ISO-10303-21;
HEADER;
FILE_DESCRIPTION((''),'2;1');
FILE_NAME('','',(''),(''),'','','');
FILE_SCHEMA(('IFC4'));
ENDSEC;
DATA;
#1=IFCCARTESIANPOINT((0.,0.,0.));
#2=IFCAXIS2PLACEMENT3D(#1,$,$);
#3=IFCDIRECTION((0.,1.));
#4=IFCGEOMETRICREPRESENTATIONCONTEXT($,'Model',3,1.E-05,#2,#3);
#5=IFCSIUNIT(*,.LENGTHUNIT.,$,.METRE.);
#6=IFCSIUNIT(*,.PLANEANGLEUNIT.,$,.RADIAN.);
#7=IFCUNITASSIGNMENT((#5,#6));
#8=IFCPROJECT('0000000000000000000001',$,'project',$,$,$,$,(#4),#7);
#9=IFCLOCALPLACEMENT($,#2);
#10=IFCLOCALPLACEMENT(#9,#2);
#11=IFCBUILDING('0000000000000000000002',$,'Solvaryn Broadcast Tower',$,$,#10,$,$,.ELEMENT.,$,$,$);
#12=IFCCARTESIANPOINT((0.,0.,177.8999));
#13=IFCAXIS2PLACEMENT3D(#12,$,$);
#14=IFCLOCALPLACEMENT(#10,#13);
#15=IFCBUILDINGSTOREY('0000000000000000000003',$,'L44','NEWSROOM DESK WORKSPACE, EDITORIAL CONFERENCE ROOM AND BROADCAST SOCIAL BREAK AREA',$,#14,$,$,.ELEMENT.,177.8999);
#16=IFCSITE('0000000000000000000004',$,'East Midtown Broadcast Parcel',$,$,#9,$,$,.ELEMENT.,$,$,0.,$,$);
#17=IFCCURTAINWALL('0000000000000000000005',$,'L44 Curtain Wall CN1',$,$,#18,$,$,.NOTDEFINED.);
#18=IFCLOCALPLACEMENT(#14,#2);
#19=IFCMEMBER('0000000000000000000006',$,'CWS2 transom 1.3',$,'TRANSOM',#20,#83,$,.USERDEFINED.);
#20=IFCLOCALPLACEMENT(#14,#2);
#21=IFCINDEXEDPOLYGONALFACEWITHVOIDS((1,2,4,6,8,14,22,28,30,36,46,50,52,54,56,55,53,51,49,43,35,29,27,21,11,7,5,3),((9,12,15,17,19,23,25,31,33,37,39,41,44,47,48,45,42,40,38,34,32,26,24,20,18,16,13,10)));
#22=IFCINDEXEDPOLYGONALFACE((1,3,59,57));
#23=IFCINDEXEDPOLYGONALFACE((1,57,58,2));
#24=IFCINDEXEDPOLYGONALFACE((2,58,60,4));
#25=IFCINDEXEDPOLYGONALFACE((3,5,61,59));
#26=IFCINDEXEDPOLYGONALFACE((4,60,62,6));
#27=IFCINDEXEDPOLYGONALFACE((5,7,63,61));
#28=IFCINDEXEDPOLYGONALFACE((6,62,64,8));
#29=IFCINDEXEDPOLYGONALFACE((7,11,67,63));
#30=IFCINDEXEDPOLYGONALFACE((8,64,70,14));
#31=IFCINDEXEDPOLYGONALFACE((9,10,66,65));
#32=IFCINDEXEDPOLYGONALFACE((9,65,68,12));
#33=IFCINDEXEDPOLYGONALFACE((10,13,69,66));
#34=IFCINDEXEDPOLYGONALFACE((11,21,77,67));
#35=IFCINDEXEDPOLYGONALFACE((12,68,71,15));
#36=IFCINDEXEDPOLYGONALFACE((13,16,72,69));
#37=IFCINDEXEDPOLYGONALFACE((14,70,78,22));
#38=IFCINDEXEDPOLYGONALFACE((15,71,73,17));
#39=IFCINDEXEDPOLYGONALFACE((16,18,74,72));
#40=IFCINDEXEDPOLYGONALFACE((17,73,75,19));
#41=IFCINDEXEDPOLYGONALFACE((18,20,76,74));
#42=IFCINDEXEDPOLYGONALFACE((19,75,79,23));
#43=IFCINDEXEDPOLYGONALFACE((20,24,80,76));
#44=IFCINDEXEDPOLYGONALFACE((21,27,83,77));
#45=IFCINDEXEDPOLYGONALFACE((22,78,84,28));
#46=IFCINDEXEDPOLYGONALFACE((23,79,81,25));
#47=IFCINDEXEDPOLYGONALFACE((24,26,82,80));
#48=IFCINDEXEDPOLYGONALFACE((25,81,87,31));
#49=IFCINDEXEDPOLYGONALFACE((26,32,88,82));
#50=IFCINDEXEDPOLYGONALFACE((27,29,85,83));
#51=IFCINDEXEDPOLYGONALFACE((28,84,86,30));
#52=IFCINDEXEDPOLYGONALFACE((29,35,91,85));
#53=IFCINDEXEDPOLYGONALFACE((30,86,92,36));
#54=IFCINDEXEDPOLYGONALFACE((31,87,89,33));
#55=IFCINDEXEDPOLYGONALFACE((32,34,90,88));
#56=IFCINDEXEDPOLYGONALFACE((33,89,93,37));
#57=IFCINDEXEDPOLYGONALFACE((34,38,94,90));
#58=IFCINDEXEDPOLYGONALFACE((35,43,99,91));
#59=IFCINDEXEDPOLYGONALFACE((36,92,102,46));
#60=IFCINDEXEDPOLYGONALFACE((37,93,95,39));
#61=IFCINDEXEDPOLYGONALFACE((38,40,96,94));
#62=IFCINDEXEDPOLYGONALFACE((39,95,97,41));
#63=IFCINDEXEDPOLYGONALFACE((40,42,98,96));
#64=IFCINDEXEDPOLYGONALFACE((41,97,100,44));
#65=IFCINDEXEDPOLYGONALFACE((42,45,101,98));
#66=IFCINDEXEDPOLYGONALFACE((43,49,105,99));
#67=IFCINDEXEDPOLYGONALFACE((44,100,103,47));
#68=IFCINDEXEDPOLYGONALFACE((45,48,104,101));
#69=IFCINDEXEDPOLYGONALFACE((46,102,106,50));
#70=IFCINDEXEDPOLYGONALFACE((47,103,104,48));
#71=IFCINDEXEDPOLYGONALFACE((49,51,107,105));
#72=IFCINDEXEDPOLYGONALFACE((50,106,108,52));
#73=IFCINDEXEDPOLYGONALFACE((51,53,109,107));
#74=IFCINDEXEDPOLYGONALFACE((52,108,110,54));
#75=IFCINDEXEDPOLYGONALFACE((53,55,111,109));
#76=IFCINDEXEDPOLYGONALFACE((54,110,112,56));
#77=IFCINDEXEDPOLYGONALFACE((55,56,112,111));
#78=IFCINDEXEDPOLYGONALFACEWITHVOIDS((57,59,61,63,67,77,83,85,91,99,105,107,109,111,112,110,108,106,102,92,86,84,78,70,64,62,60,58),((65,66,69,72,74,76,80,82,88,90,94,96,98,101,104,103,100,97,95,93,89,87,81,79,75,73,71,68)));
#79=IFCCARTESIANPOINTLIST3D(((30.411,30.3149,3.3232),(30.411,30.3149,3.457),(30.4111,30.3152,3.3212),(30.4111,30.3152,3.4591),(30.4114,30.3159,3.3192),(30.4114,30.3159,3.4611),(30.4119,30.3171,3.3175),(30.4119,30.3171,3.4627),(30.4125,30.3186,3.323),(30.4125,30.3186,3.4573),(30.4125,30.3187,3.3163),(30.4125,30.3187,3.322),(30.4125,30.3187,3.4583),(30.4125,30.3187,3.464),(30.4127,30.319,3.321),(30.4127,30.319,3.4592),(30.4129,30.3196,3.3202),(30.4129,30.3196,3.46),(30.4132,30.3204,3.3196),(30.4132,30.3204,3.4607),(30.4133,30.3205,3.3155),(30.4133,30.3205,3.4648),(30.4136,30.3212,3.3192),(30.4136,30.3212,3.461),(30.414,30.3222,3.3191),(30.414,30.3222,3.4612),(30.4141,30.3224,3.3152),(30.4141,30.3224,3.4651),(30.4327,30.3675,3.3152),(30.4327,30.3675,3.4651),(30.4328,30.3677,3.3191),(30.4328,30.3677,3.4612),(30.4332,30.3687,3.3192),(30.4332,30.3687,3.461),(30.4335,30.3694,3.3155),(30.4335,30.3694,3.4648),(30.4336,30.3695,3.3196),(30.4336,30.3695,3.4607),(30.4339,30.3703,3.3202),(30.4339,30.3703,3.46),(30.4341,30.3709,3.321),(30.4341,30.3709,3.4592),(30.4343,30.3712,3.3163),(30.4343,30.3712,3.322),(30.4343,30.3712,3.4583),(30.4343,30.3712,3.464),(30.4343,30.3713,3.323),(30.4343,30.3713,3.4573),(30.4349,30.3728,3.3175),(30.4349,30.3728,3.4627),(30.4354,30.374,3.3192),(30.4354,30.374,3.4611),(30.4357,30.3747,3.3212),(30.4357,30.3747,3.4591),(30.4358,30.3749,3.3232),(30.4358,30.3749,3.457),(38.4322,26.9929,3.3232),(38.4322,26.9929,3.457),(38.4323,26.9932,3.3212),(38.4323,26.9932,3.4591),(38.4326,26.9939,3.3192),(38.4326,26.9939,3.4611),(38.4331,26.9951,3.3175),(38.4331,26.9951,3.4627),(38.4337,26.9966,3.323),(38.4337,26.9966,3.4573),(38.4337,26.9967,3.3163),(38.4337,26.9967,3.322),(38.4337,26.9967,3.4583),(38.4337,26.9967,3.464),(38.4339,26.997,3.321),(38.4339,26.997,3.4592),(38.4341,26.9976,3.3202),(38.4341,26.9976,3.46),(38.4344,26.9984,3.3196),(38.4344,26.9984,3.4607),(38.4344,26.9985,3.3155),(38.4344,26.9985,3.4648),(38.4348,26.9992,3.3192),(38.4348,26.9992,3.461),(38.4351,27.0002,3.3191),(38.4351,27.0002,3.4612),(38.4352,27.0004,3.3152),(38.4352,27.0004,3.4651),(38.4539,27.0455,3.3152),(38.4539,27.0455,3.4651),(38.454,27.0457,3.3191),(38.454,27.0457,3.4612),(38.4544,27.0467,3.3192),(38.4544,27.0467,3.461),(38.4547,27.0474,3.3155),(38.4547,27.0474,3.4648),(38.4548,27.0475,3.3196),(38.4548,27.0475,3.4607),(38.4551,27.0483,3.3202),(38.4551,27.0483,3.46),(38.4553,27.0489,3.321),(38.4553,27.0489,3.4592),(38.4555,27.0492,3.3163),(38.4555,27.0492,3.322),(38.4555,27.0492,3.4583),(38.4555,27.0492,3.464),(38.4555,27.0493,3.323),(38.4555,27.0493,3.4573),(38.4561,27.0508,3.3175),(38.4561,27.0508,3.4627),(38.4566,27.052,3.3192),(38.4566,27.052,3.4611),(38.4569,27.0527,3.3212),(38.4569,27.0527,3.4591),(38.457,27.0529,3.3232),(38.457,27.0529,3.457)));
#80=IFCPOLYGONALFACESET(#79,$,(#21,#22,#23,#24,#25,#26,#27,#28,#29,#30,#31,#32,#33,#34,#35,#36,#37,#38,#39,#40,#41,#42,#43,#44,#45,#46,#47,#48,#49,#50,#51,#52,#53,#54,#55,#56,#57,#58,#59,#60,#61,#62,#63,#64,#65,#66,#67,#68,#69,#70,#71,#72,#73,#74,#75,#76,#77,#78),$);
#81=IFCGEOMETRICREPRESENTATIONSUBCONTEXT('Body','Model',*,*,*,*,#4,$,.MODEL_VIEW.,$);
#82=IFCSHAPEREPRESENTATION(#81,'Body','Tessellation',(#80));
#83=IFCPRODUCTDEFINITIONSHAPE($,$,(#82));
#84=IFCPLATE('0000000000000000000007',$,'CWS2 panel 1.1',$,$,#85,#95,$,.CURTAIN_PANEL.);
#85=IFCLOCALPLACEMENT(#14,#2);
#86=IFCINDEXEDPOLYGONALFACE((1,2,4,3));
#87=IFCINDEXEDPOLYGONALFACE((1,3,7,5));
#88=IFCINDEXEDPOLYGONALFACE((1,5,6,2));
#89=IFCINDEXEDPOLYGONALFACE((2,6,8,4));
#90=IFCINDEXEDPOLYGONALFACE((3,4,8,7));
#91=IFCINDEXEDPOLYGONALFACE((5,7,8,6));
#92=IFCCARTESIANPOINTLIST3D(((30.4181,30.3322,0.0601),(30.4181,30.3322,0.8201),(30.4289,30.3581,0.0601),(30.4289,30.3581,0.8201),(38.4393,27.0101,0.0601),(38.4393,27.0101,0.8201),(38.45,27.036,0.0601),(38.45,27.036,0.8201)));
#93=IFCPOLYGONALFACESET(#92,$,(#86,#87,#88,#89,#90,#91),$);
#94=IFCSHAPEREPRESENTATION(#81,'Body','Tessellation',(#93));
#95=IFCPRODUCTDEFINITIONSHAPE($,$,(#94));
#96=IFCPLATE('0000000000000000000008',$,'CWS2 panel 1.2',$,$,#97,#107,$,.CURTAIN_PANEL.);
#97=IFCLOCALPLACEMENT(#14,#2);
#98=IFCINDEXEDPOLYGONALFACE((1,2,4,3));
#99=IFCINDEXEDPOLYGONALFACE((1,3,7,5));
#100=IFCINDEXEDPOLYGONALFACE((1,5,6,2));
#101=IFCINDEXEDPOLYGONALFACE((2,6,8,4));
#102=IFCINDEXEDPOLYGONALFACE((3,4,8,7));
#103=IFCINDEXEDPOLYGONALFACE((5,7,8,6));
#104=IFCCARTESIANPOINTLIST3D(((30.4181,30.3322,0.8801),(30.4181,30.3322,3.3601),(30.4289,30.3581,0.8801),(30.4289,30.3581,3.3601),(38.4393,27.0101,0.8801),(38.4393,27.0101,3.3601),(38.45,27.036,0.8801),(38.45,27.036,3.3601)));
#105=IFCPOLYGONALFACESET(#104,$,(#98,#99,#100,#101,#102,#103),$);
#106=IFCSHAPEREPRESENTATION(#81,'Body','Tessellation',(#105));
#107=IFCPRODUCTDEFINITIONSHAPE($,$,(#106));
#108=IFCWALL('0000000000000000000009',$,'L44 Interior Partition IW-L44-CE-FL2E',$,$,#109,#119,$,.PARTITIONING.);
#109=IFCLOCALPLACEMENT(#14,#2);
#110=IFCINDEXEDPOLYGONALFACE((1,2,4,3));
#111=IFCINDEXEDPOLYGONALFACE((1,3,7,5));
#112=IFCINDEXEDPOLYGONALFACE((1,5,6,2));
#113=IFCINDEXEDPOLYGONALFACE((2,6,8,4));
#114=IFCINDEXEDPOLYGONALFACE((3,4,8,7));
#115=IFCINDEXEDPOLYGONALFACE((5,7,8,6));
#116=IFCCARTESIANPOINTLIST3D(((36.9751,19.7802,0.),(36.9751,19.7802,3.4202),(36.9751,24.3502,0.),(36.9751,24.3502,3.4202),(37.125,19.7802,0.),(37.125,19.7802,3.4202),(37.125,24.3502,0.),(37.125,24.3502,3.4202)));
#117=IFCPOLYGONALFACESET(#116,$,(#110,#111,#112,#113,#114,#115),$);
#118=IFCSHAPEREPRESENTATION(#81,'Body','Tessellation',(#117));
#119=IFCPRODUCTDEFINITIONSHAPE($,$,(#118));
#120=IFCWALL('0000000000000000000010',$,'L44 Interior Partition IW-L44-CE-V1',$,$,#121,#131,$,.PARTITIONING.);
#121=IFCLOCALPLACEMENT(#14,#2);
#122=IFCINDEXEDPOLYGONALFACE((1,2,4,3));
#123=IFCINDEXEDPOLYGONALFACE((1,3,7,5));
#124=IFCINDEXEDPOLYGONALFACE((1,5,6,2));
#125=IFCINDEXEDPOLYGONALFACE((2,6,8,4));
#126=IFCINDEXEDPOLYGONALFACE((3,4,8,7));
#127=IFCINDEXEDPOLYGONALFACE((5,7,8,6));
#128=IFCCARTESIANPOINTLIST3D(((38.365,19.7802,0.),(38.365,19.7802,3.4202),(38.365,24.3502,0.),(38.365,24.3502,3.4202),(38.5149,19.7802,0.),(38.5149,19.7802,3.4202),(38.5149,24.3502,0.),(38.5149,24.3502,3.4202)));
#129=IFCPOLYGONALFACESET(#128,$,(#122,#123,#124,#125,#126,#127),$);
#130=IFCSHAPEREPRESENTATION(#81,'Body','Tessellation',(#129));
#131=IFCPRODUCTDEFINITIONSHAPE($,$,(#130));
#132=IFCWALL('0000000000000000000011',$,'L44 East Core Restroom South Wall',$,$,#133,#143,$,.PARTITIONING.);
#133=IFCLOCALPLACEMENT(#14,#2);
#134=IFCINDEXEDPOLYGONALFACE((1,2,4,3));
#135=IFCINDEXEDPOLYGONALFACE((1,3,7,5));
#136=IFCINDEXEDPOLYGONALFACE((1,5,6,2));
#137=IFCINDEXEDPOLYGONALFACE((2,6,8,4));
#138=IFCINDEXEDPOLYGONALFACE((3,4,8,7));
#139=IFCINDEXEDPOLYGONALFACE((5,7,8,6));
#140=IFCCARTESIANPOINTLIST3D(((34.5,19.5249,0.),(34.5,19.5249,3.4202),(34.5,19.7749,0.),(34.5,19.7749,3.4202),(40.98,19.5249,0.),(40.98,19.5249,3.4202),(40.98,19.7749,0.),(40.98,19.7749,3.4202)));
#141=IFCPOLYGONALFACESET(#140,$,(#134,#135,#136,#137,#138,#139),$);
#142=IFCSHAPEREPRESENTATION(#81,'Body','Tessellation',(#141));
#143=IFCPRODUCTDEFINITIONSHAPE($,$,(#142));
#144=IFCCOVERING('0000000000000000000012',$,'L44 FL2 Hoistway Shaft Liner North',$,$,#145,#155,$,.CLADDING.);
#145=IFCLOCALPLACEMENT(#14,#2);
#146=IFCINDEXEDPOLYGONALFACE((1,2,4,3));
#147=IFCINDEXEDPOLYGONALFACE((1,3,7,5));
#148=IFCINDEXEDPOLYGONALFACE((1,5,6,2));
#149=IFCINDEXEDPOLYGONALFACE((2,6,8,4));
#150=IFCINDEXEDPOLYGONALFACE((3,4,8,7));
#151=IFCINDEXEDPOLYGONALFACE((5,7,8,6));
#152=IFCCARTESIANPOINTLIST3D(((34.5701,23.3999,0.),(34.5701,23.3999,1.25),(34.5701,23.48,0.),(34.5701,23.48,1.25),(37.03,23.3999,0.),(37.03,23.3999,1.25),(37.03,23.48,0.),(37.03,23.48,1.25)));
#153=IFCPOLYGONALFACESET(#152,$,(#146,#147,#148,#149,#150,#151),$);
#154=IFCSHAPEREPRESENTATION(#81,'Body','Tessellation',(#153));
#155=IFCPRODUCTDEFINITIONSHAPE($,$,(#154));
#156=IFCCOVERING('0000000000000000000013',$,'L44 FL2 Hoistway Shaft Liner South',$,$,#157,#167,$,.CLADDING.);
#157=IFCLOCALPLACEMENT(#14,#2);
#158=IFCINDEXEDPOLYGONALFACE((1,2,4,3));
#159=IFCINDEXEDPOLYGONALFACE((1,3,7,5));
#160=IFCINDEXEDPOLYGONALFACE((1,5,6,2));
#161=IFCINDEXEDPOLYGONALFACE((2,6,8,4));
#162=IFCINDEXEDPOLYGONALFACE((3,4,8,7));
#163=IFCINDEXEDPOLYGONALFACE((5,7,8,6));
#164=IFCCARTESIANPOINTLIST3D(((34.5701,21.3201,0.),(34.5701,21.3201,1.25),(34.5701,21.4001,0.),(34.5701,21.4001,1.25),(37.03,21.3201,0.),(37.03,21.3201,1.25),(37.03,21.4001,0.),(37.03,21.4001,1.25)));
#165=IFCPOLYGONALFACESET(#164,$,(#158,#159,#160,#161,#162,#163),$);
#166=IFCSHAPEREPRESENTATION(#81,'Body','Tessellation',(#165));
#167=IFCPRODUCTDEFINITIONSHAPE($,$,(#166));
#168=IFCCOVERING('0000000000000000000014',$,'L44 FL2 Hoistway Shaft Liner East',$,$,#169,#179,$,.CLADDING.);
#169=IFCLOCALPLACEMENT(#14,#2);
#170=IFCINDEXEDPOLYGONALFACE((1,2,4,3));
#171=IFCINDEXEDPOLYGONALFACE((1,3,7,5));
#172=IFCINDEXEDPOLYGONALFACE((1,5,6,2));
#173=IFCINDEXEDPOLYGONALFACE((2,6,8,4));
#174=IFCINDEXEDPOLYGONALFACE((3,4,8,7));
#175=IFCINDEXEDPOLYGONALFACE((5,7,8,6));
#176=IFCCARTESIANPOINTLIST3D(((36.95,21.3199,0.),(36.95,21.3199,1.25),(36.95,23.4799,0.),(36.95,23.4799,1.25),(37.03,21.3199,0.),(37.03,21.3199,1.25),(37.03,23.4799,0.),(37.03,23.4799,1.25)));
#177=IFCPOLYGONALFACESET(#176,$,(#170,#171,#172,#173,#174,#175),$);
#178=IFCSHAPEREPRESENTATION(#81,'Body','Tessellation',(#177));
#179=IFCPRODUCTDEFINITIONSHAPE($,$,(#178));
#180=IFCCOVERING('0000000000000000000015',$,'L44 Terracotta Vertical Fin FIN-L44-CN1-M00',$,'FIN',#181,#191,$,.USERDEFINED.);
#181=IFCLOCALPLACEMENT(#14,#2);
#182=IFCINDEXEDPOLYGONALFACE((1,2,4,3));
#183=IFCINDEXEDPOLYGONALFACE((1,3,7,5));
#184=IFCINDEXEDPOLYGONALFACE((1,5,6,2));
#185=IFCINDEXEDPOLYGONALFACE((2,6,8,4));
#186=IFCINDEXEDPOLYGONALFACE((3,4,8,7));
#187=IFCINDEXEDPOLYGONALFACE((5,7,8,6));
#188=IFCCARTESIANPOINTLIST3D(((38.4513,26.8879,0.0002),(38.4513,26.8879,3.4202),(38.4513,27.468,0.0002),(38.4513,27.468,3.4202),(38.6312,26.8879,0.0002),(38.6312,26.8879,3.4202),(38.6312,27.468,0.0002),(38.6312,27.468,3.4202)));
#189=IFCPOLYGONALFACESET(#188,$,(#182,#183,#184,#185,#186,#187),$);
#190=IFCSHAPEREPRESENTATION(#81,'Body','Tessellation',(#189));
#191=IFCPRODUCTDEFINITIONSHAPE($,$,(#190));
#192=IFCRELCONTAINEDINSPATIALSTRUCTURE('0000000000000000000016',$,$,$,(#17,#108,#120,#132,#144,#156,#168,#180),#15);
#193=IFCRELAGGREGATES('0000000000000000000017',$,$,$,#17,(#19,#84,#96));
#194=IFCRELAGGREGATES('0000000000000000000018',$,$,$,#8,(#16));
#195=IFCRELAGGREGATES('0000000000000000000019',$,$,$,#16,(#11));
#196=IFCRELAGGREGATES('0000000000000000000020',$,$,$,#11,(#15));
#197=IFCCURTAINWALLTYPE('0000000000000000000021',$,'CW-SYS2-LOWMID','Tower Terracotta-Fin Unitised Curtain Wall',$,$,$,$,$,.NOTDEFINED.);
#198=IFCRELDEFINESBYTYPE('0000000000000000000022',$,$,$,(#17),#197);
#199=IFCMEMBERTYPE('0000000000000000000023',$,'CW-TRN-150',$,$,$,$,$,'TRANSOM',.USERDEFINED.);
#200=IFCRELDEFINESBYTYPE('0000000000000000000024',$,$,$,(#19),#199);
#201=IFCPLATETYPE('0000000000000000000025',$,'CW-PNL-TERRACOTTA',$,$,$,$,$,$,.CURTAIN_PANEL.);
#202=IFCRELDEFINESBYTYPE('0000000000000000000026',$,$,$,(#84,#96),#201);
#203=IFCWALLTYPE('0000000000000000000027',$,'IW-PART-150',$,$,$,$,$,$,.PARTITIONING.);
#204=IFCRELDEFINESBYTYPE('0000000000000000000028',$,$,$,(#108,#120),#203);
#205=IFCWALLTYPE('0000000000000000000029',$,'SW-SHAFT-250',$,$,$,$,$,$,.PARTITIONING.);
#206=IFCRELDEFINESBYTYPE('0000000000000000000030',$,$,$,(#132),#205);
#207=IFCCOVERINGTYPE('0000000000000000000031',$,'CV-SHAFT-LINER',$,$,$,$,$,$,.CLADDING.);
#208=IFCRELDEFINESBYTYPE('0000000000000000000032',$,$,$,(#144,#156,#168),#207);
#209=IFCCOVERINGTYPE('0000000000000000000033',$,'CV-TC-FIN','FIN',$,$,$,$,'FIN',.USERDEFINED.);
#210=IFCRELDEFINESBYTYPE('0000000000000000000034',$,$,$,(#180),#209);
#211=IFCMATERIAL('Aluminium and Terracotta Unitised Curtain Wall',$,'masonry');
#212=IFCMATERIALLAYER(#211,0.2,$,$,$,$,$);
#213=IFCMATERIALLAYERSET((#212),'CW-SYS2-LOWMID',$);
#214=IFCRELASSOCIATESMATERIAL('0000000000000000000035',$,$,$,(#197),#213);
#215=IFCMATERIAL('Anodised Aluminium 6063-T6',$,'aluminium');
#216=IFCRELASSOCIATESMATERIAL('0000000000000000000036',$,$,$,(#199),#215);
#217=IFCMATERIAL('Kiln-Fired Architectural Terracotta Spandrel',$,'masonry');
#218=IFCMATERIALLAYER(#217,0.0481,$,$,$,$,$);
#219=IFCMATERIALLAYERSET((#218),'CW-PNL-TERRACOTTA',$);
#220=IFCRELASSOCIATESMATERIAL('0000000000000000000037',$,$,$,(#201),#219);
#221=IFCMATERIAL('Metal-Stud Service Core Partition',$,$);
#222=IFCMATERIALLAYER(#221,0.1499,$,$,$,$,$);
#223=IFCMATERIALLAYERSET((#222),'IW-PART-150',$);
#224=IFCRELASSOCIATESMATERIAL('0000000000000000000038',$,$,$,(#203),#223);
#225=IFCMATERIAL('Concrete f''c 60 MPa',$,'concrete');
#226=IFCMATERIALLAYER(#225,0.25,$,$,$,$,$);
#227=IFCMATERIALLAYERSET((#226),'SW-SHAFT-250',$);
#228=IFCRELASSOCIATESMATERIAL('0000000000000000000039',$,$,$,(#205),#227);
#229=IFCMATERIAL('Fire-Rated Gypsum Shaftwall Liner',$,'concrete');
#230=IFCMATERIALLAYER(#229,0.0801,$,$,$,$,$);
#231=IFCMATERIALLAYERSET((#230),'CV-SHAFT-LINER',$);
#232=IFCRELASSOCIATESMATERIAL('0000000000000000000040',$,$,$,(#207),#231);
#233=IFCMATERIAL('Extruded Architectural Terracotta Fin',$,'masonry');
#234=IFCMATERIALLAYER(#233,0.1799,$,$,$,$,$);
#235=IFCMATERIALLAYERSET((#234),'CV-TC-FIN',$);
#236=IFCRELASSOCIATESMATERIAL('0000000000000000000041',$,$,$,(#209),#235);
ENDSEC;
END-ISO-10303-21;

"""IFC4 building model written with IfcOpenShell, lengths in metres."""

from ifc_helpers import new_model, si_unit, direction, frame, frame_2d, origin, origin_2d, place, context, subcontext, project, spatial, rectangle, hollow_rectangle, extrude, material, layer, layer_set, material_profile, profile_set, type_object, element, aggregate, save


model = new_model("IFC4")

# Units and contexts
model_context = context("Model", 3, precision=1e-05, world=origin(), true_north=direction((0.0, 1.0)))
body_context = subcontext(model_context, "Body", "Model", "MODEL_VIEW")
ifc_project = project(units=[si_unit("LENGTHUNIT", "METRE"), si_unit("PLANEANGLEUNIT", "RADIAN")], contexts=[model_context])

# Site, building, storey
site_placement = place(None, origin())
site = spatial("IfcSite", under=ifc_project, at=site_placement, Name="East Midtown Broadcast Parcel", CompositionType="ELEMENT", RefElevation=0.0)
building_placement = place(site_placement, origin())
building = spatial("IfcBuilding", under=site, at=building_placement, Name="Solvaryn Broadcast Tower", CompositionType="ELEMENT")
storey_placement = place(building_placement, frame((0.0, 0.0, 177.8999)))
storey = spatial("IfcBuildingStorey", under=building, at=storey_placement, Name="L44", Description="NEWSROOM DESK WORKSPACE, EDITORIAL CONFERENCE ROOM AND BROADCAST SOCIAL BREAK AREA", CompositionType="ELEMENT", Elevation=177.8999)

# Curtain wall
ifc_material_1 = material(Name="Aluminium and Terracotta Unitised Curtain Wall", Category="masonry")
ifc_layer_1 = layer(ifc_material_1, 0.2)
ifc_layer_set_1 = layer_set([ifc_layer_1], Name="CW-SYS2-LOWMID")
curtain_wall_type = type_object("IfcCurtainWallType", Name="CW-SYS2-LOWMID", Description="Tower Terracotta-Fin Unitised Curtain Wall", PredefinedType="NOTDEFINED", material=ifc_layer_set_1)
curtain_wall_1_placement = place(storey_placement, origin())
curtain_wall_1 = element("IfcCurtainWall", 1, at=curtain_wall_1_placement, inside=storey, type_object=curtain_wall_type, Name="L44 Curtain Wall CN1", PredefinedType="NOTDEFINED")

# Member
ifc_material_2 = material(Name="Anodised Aluminium 6063-T6", Category="aluminium")
ifc_material_profile_1 = material_profile(ifc_material_2, hollow_rectangle(XDim=0.0649, YDim=0.1499, WallThickness=0.0039, InnerFilletRadius=0.0039, OuterFilletRadius=0.0081, at=origin_2d()))
ifc_profile_set_1 = profile_set([ifc_material_profile_1], Name="Anodised Aluminium 6063-T6")
member_type_1 = type_object("IfcMemberType", Name="CW-TRN-150", ElementType="TRANSOM", PredefinedType="USERDEFINED", material=ifc_profile_set_1)
member_1_placement = place(storey_placement, frame((38.4446, 27.0229, 3.3901), z_axis=(-0.923899, 0.382636, 0.0), x_axis=(-0.382636, -0.923899, 0.0)))
member_1 = element("IfcMember", 2, at=member_1_placement, type_object=member_type_1, Name="CWS2 transom 1.3", ObjectType="TRANSOM", PredefinedType="USERDEFINED", context=body_context, shape_type="SweptSolid", body=[
    extrude(hollow_rectangle(XDim=0.0649, YDim=0.1499, WallThickness=0.0039, InnerFilletRadius=0.0039, OuterFilletRadius=0.0081, at=origin_2d()), origin(), (0.0, 0.0, 1.0), 8.6819),
])

# Plates
ifc_material_3 = material(Name="Kiln-Fired Architectural Terracotta Spandrel", Category="masonry")
ifc_layer_2 = layer(ifc_material_3, 0.0481)
ifc_layer_set_2 = layer_set([ifc_layer_2], Name="CW-PNL-TERRACOTTA")
plate_type = type_object("IfcPlateType", Name="CW-PNL-TERRACOTTA", PredefinedType="CURTAIN_PANEL", material=ifc_layer_set_2)
plate_1_placement = place(storey_placement, frame((34.4341, 28.6841, 0.0601), z_axis=(0.0, 0.0, 1.0), x_axis=(-0.923895, 0.382646, 0.0)))
plate_1 = element("IfcPlate", 3, at=plate_1_placement, type_object=plate_type, Name="CWS2 panel 1.1", PredefinedType="CURTAIN_PANEL", context=body_context, shape_type="SweptSolid", body=[
    extrude(rectangle(XDim=8.6819, YDim=0.0281, at=origin_2d()), origin(), (0.0, 0.0, 1.0), 0.76),
])
plate_2_placement = place(storey_placement, frame((34.4341, 28.6841, 0.8801), z_axis=(0.0, 0.0, 1.0), x_axis=(-0.923895, 0.382646, 0.0)))
plate_2 = element("IfcPlate", 4, at=plate_2_placement, type_object=plate_type, Name="CWS2 panel 1.2", PredefinedType="CURTAIN_PANEL", context=body_context, shape_type="SweptSolid", body=[
    extrude(rectangle(XDim=8.6819, YDim=0.0281, at=origin_2d()), origin(), (0.0, 0.0, 1.0), 2.48),
])
aggregate(curtain_wall_1, [member_1, plate_1, plate_2])

# Walls
ifc_material_4 = material(Name="Metal-Stud Service Core Partition")
ifc_layer_3 = layer(ifc_material_4, 0.1499)
ifc_layer_set_3 = layer_set([ifc_layer_3], Name="IW-PART-150")
wall_type_1 = type_object("IfcWallType", Name="IW-PART-150", PredefinedType="PARTITIONING", material=ifc_layer_set_3)
for number, where, z_axis, x_axis, name in (
    (5, (37.05, 19.78, 0.0), (0.0, 0.0, 1.0), (0.0, 1.0, 0.0), "L44 Interior Partition IW-L44-CE-FL2E"),
    (6, (38.4399, 19.78, 0.0), (0.0, 0.0, 1.0), (0.0, 1.0, 0.0), "L44 Interior Partition IW-L44-CE-V1"),
):
    element("IfcWall", number, at=place(storey_placement, frame(where, z_axis=z_axis, x_axis=x_axis)), inside=storey, type_object=wall_type_1, Name=name, PredefinedType="PARTITIONING", context=body_context, shape_type="SweptSolid", body=[
        extrude(rectangle(XDim=4.5701, YDim=0.1499, at=frame_2d((2.2852, 0.0))), origin(), (0.0, 0.0, 1.0), 3.4202),
    ])

# Shared definitions
ifc_material_5 = material(Name="Concrete f'c 60 MPa", Category="concrete")
ifc_layer_4 = layer(ifc_material_5, 0.25)
ifc_layer_set_4 = layer_set([ifc_layer_4], Name="SW-SHAFT-250")
wall_type_2 = type_object("IfcWallType", Name="SW-SHAFT-250", PredefinedType="PARTITIONING", material=ifc_layer_set_4)

# Wall
wall_1_placement = place(storey_placement, frame((34.5, 19.6499, 0.0), z_axis=(0.0, 0.0, 1.0), x_axis=(1.0, 0.0, 0.0)))
element("IfcWall", 7, at=wall_1_placement, inside=storey, type_object=wall_type_2, Name="L44 East Core Restroom South Wall", PredefinedType="PARTITIONING", context=body_context, shape_type="SweptSolid", body=[
    extrude(rectangle(XDim=6.48, YDim=0.25, at=frame_2d((3.24, 0.0))), origin(), (0.0, 0.0, 1.0), 3.4202),
])

# Coverings
ifc_material_6 = material(Name="Fire-Rated Gypsum Shaftwall Liner", Category="concrete")
ifc_layer_5 = layer(ifc_material_6, 0.0801)
ifc_layer_set_5 = layer_set([ifc_layer_5], Name="CV-SHAFT-LINER")
covering_type_1 = type_object("IfcCoveringType", Name="CV-SHAFT-LINER", PredefinedType="CLADDING", material=ifc_layer_set_5)
for number, where, z_axis, x_axis, name in (
    (8, (35.8, 23.4399, 0.0), (0.0, 0.0, 1.0), (1.0, 0.0, 0.0), "L44 FL2 Hoistway Shaft Liner North"),
    (9, (35.8, 21.3601, 0.0), (0.0, 0.0, 1.0), (1.0, 0.0, 0.0), "L44 FL2 Hoistway Shaft Liner South"),
):
    element("IfcCovering", number, at=place(storey_placement, frame(where, z_axis=z_axis, x_axis=x_axis)), inside=storey, type_object=covering_type_1, Name=name, PredefinedType="CLADDING", context=body_context, shape_type="SweptSolid", body=[
        extrude(rectangle(XDim=2.46, YDim=0.0801, at=origin_2d()), origin(), (0.0, 0.0, 1.0), 1.25),
    ])
covering_placement = place(storey_placement, frame((36.99, 22.3999, 0.0), z_axis=(0.0, 0.0, 1.0), x_axis=(1.0, 0.0, 0.0)))
element("IfcCovering", 10, at=covering_placement, inside=storey, type_object=covering_type_1, Name="L44 FL2 Hoistway Shaft Liner East", PredefinedType="CLADDING", context=body_context, shape_type="SweptSolid", body=[
    extrude(rectangle(XDim=0.0801, YDim=2.1599, at=origin_2d()), origin(), (0.0, 0.0, 1.0), 1.25),
])
ifc_material_7 = material(Name="Extruded Architectural Terracotta Fin", Category="masonry")
ifc_layer_6 = layer(ifc_material_7, 0.1799)
ifc_layer_set_6 = layer_set([ifc_layer_6], Name="CV-TC-FIN")
covering_type_2 = type_object("IfcCoveringType", Name="CV-TC-FIN", Description="FIN", ElementType="FIN", PredefinedType="USERDEFINED", material=ifc_layer_set_6)
for number, where, z_axis, x_axis, name in (
    (11, (38.5413, 27.178, 0.0002), (0.0, 0.0, 1.0), (1.0, 0.0, 0.0), "L44 Terracotta Vertical Fin FIN-L44-CN1-M00"),
):
    element("IfcCovering", number, at=place(storey_placement, frame(where, z_axis=z_axis, x_axis=x_axis)), inside=storey, type_object=covering_type_2, Name=name, ObjectType="FIN", PredefinedType="USERDEFINED", context=body_context, shape_type="SweptSolid", body=[
        extrude(rectangle(XDim=0.1799, YDim=0.5801, at=origin_2d()), origin(), (0.0, 0.0, 1.0), 3.4199),
    ])

save(model, "model.ifc")
